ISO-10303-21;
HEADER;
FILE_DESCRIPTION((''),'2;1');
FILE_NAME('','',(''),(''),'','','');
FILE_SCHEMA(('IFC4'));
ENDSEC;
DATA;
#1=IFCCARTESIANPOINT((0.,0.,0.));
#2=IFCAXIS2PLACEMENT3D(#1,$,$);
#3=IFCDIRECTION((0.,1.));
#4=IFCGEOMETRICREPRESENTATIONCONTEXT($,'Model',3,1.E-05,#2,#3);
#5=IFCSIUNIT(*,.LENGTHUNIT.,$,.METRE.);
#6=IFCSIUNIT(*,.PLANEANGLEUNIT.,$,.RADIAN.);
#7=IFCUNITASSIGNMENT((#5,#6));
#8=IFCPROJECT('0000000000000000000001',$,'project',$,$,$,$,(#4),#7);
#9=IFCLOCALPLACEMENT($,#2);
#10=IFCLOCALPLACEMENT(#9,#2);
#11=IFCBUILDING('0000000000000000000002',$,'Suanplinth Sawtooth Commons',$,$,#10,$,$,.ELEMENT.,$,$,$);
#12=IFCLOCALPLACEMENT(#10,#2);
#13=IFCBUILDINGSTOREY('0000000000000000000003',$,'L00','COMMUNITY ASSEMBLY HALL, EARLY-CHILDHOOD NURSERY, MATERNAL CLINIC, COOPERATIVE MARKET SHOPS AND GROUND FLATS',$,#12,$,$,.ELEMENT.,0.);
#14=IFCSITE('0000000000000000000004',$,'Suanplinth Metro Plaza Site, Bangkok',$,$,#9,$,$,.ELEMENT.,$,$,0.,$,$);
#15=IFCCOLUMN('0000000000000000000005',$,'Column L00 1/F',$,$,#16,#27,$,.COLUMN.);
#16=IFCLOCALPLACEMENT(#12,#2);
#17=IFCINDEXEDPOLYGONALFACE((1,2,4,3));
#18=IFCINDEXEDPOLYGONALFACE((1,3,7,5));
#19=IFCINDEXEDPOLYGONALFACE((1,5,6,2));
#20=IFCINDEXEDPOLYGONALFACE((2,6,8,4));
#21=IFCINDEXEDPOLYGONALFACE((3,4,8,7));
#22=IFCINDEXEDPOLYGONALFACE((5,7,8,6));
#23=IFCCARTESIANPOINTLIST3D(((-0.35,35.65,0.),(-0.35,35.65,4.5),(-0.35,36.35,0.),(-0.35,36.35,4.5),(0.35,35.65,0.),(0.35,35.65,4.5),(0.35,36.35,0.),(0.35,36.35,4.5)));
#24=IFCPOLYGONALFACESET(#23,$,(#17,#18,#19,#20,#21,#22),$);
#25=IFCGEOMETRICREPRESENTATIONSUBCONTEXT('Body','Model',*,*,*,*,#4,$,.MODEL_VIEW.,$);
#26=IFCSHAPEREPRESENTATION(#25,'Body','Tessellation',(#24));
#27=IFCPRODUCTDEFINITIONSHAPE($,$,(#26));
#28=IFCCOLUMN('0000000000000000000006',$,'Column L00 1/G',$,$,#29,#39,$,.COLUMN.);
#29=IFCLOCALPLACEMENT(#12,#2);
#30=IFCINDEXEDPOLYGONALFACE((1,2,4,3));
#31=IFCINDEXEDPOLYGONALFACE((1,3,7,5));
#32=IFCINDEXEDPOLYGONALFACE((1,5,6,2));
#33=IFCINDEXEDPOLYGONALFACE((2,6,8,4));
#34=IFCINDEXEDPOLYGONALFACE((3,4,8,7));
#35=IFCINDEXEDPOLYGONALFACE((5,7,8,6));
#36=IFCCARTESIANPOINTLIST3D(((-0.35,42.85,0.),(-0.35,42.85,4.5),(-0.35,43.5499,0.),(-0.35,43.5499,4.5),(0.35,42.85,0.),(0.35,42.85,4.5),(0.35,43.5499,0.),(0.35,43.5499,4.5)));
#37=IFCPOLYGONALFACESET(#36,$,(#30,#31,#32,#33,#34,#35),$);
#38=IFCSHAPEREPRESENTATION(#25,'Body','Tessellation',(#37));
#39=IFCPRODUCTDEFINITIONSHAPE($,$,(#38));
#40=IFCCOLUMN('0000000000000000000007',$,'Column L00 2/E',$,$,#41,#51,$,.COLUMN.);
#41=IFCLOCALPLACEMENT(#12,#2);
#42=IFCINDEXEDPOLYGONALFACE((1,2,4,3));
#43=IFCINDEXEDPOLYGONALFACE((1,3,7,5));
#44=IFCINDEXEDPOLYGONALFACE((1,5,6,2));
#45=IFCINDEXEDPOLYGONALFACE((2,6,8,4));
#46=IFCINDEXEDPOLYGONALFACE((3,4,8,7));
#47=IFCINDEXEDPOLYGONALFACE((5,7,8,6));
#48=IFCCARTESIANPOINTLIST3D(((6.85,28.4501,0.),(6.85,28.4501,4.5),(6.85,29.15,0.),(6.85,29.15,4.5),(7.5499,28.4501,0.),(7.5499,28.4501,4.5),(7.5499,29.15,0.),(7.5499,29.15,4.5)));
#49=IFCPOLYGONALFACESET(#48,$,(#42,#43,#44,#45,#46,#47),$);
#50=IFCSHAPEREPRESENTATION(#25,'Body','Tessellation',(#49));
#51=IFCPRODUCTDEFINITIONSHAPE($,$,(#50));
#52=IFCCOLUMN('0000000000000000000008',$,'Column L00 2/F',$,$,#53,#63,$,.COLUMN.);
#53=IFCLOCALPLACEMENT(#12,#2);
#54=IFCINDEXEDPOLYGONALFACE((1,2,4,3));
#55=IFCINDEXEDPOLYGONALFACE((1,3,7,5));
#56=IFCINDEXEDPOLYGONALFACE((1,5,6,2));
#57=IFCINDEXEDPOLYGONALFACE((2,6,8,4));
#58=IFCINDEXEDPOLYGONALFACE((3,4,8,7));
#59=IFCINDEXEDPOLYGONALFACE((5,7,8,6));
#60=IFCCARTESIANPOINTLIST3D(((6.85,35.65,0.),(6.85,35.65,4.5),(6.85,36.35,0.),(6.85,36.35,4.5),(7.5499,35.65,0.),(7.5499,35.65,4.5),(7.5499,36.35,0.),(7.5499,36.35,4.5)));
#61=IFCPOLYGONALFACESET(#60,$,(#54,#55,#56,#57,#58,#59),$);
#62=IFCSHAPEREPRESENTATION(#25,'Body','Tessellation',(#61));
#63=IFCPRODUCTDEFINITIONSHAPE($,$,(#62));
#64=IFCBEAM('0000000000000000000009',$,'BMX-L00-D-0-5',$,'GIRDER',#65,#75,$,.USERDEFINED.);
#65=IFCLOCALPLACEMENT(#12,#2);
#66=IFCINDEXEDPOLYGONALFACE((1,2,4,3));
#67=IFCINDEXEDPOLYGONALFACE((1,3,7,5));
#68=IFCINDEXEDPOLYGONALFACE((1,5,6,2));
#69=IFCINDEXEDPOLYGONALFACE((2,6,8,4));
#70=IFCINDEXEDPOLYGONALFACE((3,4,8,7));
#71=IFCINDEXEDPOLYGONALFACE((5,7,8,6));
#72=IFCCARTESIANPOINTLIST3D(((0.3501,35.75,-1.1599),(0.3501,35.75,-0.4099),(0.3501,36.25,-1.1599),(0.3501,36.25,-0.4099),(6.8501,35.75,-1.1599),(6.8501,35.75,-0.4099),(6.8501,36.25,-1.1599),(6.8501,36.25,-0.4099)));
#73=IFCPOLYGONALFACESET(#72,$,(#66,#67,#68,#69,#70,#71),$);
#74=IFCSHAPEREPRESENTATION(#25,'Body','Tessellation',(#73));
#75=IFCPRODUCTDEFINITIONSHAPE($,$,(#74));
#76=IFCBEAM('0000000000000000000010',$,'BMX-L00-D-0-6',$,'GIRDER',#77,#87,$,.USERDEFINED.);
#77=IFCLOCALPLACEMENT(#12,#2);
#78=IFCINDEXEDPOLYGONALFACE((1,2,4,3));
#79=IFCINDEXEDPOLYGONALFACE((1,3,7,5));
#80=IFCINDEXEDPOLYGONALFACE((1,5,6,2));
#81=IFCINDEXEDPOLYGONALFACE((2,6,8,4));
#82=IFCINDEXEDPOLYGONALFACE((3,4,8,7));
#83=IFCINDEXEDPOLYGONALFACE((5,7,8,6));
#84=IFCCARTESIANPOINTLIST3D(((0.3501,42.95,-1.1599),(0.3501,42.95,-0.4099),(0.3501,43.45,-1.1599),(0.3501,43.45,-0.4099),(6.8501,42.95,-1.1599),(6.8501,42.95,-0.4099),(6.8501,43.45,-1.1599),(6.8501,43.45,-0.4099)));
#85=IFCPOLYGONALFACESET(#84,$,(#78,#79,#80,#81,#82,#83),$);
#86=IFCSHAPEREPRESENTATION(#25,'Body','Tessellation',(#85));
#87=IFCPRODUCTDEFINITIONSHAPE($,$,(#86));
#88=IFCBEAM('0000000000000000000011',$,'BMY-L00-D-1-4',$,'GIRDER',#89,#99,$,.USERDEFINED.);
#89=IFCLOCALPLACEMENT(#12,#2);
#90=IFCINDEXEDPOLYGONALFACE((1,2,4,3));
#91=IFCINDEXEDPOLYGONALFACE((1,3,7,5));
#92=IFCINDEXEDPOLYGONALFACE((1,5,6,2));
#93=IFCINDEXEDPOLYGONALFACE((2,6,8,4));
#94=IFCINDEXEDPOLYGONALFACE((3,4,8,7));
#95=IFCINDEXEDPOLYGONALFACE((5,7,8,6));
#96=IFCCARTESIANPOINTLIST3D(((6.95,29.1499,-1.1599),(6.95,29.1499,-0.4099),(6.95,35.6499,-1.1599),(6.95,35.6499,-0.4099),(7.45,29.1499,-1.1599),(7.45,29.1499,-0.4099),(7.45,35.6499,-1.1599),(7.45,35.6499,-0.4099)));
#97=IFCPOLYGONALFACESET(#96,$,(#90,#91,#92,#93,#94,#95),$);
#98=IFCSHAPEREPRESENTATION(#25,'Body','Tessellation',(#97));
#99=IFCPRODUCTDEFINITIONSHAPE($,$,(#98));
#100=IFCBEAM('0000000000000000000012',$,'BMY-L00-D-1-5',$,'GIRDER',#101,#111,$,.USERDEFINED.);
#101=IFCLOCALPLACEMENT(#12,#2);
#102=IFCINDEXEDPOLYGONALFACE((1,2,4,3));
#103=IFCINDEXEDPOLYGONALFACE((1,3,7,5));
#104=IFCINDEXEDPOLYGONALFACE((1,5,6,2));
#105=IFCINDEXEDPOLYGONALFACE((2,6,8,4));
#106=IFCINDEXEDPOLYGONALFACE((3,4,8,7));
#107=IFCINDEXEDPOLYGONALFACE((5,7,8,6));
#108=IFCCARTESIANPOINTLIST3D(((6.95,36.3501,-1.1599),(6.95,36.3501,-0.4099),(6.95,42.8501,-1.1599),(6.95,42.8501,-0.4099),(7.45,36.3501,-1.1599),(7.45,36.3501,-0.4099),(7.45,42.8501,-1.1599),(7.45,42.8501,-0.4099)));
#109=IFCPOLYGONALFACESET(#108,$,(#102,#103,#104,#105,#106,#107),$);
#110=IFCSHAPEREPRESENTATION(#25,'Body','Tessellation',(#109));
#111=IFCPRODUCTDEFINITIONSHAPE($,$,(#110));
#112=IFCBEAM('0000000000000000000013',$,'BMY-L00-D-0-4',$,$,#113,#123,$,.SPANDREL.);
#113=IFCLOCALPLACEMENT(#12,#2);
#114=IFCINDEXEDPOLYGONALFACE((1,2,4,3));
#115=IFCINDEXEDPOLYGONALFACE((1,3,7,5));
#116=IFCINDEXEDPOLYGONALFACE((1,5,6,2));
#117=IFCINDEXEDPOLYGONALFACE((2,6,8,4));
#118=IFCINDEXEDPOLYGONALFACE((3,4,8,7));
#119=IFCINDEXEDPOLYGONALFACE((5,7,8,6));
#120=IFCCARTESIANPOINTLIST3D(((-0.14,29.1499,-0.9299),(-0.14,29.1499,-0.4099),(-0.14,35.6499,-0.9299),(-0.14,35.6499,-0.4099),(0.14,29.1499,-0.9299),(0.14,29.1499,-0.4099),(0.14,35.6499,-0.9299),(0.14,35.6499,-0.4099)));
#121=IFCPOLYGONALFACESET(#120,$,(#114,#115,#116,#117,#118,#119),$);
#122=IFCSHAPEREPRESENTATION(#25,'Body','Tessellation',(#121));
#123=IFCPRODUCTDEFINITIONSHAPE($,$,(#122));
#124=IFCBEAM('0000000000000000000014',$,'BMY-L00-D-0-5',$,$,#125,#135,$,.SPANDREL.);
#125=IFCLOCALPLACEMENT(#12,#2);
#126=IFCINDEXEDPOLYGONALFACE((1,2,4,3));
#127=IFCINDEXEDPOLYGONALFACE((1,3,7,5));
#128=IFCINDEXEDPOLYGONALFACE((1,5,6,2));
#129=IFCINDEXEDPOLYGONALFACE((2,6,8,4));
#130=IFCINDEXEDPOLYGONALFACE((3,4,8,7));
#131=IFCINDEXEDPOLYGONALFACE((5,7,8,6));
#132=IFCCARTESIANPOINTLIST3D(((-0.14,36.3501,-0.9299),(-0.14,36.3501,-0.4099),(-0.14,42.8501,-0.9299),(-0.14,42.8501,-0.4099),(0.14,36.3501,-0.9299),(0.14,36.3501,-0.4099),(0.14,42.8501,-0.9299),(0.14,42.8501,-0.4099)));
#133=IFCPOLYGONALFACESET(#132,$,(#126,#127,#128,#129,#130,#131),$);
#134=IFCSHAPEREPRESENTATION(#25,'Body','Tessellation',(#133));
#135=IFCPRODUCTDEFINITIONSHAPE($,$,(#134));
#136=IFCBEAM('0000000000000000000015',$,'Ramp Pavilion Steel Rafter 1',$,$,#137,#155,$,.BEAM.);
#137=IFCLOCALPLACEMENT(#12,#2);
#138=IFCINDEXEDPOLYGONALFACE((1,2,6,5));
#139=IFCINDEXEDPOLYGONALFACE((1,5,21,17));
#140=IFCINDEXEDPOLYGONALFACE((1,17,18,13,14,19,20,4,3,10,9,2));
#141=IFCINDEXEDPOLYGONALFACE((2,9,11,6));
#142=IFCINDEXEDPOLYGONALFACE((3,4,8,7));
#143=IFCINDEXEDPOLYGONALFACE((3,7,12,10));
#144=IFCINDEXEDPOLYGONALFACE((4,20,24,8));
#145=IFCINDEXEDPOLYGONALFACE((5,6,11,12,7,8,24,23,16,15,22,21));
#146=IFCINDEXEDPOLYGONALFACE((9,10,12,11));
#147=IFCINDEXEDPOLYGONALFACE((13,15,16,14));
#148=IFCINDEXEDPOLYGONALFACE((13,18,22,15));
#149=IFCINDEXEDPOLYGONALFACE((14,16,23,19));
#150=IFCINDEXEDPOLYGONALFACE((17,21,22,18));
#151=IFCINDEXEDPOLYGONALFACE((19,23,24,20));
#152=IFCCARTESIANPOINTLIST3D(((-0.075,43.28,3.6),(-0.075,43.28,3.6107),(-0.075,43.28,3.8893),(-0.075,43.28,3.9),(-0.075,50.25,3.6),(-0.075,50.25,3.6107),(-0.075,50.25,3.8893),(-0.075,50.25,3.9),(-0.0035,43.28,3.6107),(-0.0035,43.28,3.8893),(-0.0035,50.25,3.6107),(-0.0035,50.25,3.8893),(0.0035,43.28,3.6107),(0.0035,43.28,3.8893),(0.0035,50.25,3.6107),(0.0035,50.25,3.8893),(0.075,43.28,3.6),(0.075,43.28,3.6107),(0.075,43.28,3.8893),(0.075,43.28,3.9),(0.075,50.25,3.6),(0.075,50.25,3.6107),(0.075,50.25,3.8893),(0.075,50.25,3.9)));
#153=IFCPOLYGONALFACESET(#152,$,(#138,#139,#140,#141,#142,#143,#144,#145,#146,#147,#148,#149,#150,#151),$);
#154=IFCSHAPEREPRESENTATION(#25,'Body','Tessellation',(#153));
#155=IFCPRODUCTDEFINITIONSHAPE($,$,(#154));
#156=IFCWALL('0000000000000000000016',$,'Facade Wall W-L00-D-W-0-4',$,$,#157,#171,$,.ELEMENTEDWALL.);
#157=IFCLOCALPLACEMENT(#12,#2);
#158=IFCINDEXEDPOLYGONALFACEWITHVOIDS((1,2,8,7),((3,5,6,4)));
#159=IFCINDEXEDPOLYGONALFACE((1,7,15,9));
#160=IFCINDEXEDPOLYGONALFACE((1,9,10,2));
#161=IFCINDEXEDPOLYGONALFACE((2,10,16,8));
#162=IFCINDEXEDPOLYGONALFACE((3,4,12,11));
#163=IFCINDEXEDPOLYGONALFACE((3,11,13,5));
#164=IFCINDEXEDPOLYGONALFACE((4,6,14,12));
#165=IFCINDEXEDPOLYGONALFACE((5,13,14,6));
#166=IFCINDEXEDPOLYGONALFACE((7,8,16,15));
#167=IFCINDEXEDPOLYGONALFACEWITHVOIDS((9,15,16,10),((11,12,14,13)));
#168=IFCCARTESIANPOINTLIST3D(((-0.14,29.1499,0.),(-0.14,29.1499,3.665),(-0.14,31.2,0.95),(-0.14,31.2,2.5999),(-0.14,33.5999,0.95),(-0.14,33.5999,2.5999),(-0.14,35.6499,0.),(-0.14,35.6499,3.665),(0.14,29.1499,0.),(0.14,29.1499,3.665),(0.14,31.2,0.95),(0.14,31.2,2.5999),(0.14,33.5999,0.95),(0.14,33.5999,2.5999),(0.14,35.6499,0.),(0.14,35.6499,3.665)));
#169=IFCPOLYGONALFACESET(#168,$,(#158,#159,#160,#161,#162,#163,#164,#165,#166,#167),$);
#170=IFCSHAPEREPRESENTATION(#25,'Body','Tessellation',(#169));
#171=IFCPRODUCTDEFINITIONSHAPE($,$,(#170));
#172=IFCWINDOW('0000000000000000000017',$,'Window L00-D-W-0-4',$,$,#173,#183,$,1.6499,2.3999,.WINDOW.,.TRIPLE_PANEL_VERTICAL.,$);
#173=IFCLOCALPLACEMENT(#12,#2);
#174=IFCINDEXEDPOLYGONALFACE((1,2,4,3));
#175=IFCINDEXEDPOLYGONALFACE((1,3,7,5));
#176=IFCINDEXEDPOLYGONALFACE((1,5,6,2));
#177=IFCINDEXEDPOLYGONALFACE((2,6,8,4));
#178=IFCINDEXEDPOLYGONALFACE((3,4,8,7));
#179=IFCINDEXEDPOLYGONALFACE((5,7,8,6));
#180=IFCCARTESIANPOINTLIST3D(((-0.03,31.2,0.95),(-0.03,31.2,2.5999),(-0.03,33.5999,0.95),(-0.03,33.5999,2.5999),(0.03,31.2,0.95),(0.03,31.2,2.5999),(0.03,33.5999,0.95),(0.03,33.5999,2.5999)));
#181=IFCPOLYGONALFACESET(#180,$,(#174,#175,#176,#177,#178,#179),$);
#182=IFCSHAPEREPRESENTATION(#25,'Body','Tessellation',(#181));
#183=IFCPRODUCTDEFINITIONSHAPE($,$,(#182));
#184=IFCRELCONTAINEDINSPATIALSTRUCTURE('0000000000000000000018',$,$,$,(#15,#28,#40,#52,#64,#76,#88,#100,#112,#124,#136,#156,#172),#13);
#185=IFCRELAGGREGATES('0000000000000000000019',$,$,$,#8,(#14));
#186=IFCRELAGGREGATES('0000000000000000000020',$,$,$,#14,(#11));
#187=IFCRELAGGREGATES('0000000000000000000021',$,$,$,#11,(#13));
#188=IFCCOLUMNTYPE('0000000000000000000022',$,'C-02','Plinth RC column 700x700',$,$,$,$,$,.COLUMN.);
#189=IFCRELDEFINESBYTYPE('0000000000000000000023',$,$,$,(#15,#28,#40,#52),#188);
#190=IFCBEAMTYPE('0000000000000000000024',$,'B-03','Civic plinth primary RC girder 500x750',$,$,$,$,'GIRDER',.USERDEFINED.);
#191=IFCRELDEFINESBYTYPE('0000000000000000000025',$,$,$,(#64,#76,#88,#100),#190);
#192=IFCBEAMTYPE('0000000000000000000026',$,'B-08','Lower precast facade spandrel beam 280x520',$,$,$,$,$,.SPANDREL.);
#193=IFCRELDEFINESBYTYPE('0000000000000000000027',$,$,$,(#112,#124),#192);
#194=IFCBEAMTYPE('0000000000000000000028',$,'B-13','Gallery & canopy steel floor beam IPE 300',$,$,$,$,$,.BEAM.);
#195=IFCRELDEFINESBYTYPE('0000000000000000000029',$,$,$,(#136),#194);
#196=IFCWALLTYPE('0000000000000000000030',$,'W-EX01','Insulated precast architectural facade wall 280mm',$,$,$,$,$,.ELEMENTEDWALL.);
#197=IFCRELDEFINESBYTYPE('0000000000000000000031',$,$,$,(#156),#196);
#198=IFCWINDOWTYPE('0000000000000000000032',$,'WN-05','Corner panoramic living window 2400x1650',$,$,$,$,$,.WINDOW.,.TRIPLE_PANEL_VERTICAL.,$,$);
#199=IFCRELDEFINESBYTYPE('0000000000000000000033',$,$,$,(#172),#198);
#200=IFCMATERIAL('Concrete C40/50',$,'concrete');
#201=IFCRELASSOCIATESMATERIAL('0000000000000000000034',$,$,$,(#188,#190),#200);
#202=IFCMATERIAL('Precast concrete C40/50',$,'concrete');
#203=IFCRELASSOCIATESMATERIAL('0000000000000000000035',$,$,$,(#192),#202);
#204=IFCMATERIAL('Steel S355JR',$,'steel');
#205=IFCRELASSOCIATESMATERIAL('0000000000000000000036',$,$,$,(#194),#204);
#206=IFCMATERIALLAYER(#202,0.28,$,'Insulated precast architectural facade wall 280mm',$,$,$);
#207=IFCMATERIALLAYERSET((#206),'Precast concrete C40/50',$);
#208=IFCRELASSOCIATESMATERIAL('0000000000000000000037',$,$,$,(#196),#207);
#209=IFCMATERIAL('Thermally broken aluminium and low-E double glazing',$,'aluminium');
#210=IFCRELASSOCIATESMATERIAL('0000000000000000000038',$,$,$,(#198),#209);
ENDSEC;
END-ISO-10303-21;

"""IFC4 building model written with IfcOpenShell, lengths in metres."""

from ifc_helpers import new_model, si_unit, direction, frame, frame_2d, origin, origin_2d, place, context, subcontext, project, spatial, rectangle, i_section, extrude, material, layer, layer_set, material_profile, profile_set, type_object, element, fill, save


model = new_model("IFC4")

# Units and contexts
model_context = context("Model", 3, precision=1e-05, world=origin(), true_north=direction((0.0, 1.0)))
body_context = subcontext(model_context, "Body", "Model", "MODEL_VIEW")
ifc_project = project(units=[si_unit("LENGTHUNIT", "METRE"), si_unit("PLANEANGLEUNIT", "RADIAN")], contexts=[model_context])

# Site, building, storey
site_placement = place(None, origin())
site = spatial("IfcSite", under=ifc_project, at=site_placement, Name="Suanplinth Metro Plaza Site, Bangkok", CompositionType="ELEMENT", RefElevation=0.0)
building_placement = place(site_placement, origin())
building = spatial("IfcBuilding", under=site, at=building_placement, Name="Suanplinth Sawtooth Commons", CompositionType="ELEMENT")
storey_placement = place(building_placement, origin())
storey = spatial("IfcBuildingStorey", under=building, at=storey_placement, Name="L00", Description="COMMUNITY ASSEMBLY HALL, EARLY-CHILDHOOD NURSERY, MATERNAL CLINIC, COOPERATIVE MARKET SHOPS AND GROUND FLATS", CompositionType="ELEMENT", Elevation=0.0)

# Columns
ifc_material_1 = material(Name="Concrete C40/50", Category="concrete")
ifc_material_profile_1 = material_profile(ifc_material_1, rectangle(XDim=0.7, YDim=0.7, at=origin_2d()), Name="RC-COL 700x700")
ifc_profile_set_1 = profile_set([ifc_material_profile_1], Name="Concrete C40/50")
column_type = type_object("IfcColumnType", Name="C-02", Description="Plinth RC column 700x700", PredefinedType="COLUMN", material=ifc_profile_set_1)
for number, where, z_axis, x_axis, name in (
    (1, (0.0, 36.0, 0.0), (0.0, 0.0, 1.0), (1.0, 0.0, 0.0), "Column L00 1/F"),
    (2, (0.0, 43.2, 0.0), (0.0, 0.0, 1.0), (1.0, 0.0, 0.0), "Column L00 1/G"),
    (3, (7.2, 28.8, 0.0), (0.0, 0.0, 1.0), (1.0, 0.0, 0.0), "Column L00 2/E"),
    (4, (7.2, 36.0, 0.0), (0.0, 0.0, 1.0), (1.0, 0.0, 0.0), "Column L00 2/F"),
):
    element("IfcColumn", number, at=place(storey_placement, frame(where, z_axis=z_axis, x_axis=x_axis)), inside=storey, type_object=column_type, Name=name, PredefinedType="COLUMN", context=body_context, shape_type="SweptSolid", body=[
        extrude(rectangle(XDim=0.7, YDim=0.7, at=origin_2d()), origin(), (0.0, 0.0, 1.0), 4.5),
    ])

# Beams
ifc_material_profile_2 = material_profile(ifc_material_1, rectangle(XDim=0.5, YDim=0.75, at=origin_2d()), Name="RC-GDR 500x750")
ifc_profile_set_2 = profile_set([ifc_material_profile_2], Name="Concrete C40/50")
beam_type_1 = type_object("IfcBeamType", Name="B-03", Description="Civic plinth primary RC girder 500x750", ElementType="GIRDER", PredefinedType="USERDEFINED", material=ifc_profile_set_2)
for number, where, z_axis, x_axis, name in (
    (5, (0.3501, 36.0, -0.7849), (1.0, 0.0, 0.0), (0.0, 1.0, 0.0), "BMX-L00-D-0-5"),
    (6, (0.3501, 43.2, -0.7849), (1.0, 0.0, 0.0), (0.0, 1.0, 0.0), "BMX-L00-D-0-6"),
    (7, (7.2, 29.1499, -0.7849), (0.0, 1.0, 0.0), (-1.0, 0.0, 0.0), "BMY-L00-D-1-4"),
    (8, (7.2, 36.3501, -0.7849), (0.0, 1.0, 0.0), (-1.0, 0.0, 0.0), "BMY-L00-D-1-5"),
):
    element("IfcBeam", number, at=place(storey_placement, frame(where, z_axis=z_axis, x_axis=x_axis)), inside=storey, type_object=beam_type_1, Name=name, ObjectType="GIRDER", PredefinedType="USERDEFINED", context=body_context, shape_type="SweptSolid", body=[
        extrude(rectangle(XDim=0.5, YDim=0.75, at=origin_2d()), origin(), (0.0, 0.0, 1.0), 6.5),
    ])
ifc_material_2 = material(Name="Precast concrete C40/50", Category="concrete")
ifc_material_profile_3 = material_profile(ifc_material_2, rectangle(XDim=0.28, YDim=0.52, at=origin_2d()), Name="PC-SP 280x520")
ifc_profile_set_3 = profile_set([ifc_material_profile_3], Name="Precast concrete C40/50")
beam_type_2 = type_object("IfcBeamType", Name="B-08", Description="Lower precast facade spandrel beam 280x520", PredefinedType="SPANDREL", material=ifc_profile_set_3)
for number, where, z_axis, x_axis, name in (
    (9, (0.0, 29.1499, -0.6699), (0.0, 1.0, 0.0), (-1.0, 0.0, 0.0), "BMY-L00-D-0-4"),
    (10, (0.0, 36.3501, -0.6699), (0.0, 1.0, 0.0), (-1.0, 0.0, 0.0), "BMY-L00-D-0-5"),
):
    element("IfcBeam", number, at=place(storey_placement, frame(where, z_axis=z_axis, x_axis=x_axis)), inside=storey, type_object=beam_type_2, Name=name, PredefinedType="SPANDREL", context=body_context, shape_type="SweptSolid", body=[
        extrude(rectangle(XDim=0.28, YDim=0.52, at=origin_2d()), origin(), (0.0, 0.0, 1.0), 6.5),
    ])
ifc_material_3 = material(Name="Steel S355JR", Category="steel")
ifc_material_profile_4 = material_profile(ifc_material_3, i_section(OverallWidth=0.1499, OverallDepth=0.3, WebThickness=0.0071, FlangeThickness=0.0107, at=origin_2d()), Name="IPE 300")
ifc_profile_set_4 = profile_set([ifc_material_profile_4], Name="Steel S355JR")
beam_type_3 = type_object("IfcBeamType", Name="B-13", Description="Gallery & canopy steel floor beam IPE 300", PredefinedType="BEAM", material=ifc_profile_set_4)
beam_placement = place(storey_placement, frame((0.0, 43.28, 3.75), z_axis=(0.0, 1.0, 0.0), x_axis=(-1.0, 0.0, 0.0)))
element("IfcBeam", 11, at=beam_placement, inside=storey, type_object=beam_type_3, Name="Ramp Pavilion Steel Rafter 1", PredefinedType="BEAM", context=body_context, shape_type="SweptSolid", body=[
    extrude(i_section(OverallWidth=0.1499, OverallDepth=0.3, WebThickness=0.0071, FlangeThickness=0.0107, at=origin_2d()), origin(), (0.0, 0.0, 1.0), 6.97),
])

# Wall, opening, window
ifc_layer_1 = layer(ifc_material_2, 0.28, Name="Insulated precast architectural facade wall 280mm")
ifc_layer_set_1 = layer_set([ifc_layer_1], Name="Precast concrete C40/50")
wall_type_1 = type_object("IfcWallType", Name="W-EX01", Description="Insulated precast architectural facade wall 280mm", PredefinedType="ELEMENTEDWALL", material=ifc_layer_set_1)
wall_1_placement = place(storey_placement, frame((0.0, 29.1499, 0.0), z_axis=(0.0, 0.0, 1.0), x_axis=(0.0, 1.0, 0.0)))
wall_1 = element("IfcWall", 12, at=wall_1_placement, inside=storey, type_object=wall_type_1, Name="Facade Wall W-L00-D-W-0-4", PredefinedType="ELEMENTEDWALL", context=body_context, shape_type="SweptSolid", body=[
    extrude(rectangle(XDim=6.5, YDim=0.28, at=frame_2d((3.25, 0.0))), origin(), (0.0, 0.0, 1.0), 3.665),
])
opening_1_placement = place(wall_1_placement, frame((2.05, 0.0, 0.95)))
opening_1 = element("IfcOpeningElement", 13, at=opening_1_placement, cuts=wall_1, PredefinedType="OPENING", context=body_context, shape_type="SweptSolid", body=[
    extrude(rectangle(XDim=2.3999, YDim=1.6499, at=frame_2d((1.2, 0.825))), frame((0.0, 0.1548, 0.0), z_axis=(0.0, -1.0, 0.0), x_axis=(1.0, 0.0, 0.0)), (0.0, 0.0, 1.0), 0.3098),
])
ifc_material_4 = material(Name="Thermally broken aluminium and low-E double glazing", Category="aluminium")
window_type_1 = type_object("IfcWindowType", Name="WN-05", Description="Corner panoramic living window 2400x1650", PartitioningType="TRIPLE_PANEL_VERTICAL", PredefinedType="WINDOW", material=ifc_material_4)
window_1_placement = place(opening_1_placement, origin())
window_1 = element("IfcWindow", 14, at=window_1_placement, inside=storey, type_object=window_type_1, Name="Window L00-D-W-0-4", OverallHeight=1.6499, OverallWidth=2.3999, PartitioningType="TRIPLE_PANEL_VERTICAL", PredefinedType="WINDOW", context=body_context, shape_type="SweptSolid", body=[
    extrude(rectangle(XDim=2.3999, YDim=1.6499, at=frame_2d((1.2, 0.825))), frame((0.0, 0.03, 0.0), z_axis=(0.0, -1.0, 0.0), x_axis=(1.0, 0.0, 0.0)), (0.0, 0.0, 1.0), 0.0601),
])
fill(opening_1, window_1)

save(model, "model.ifc")
